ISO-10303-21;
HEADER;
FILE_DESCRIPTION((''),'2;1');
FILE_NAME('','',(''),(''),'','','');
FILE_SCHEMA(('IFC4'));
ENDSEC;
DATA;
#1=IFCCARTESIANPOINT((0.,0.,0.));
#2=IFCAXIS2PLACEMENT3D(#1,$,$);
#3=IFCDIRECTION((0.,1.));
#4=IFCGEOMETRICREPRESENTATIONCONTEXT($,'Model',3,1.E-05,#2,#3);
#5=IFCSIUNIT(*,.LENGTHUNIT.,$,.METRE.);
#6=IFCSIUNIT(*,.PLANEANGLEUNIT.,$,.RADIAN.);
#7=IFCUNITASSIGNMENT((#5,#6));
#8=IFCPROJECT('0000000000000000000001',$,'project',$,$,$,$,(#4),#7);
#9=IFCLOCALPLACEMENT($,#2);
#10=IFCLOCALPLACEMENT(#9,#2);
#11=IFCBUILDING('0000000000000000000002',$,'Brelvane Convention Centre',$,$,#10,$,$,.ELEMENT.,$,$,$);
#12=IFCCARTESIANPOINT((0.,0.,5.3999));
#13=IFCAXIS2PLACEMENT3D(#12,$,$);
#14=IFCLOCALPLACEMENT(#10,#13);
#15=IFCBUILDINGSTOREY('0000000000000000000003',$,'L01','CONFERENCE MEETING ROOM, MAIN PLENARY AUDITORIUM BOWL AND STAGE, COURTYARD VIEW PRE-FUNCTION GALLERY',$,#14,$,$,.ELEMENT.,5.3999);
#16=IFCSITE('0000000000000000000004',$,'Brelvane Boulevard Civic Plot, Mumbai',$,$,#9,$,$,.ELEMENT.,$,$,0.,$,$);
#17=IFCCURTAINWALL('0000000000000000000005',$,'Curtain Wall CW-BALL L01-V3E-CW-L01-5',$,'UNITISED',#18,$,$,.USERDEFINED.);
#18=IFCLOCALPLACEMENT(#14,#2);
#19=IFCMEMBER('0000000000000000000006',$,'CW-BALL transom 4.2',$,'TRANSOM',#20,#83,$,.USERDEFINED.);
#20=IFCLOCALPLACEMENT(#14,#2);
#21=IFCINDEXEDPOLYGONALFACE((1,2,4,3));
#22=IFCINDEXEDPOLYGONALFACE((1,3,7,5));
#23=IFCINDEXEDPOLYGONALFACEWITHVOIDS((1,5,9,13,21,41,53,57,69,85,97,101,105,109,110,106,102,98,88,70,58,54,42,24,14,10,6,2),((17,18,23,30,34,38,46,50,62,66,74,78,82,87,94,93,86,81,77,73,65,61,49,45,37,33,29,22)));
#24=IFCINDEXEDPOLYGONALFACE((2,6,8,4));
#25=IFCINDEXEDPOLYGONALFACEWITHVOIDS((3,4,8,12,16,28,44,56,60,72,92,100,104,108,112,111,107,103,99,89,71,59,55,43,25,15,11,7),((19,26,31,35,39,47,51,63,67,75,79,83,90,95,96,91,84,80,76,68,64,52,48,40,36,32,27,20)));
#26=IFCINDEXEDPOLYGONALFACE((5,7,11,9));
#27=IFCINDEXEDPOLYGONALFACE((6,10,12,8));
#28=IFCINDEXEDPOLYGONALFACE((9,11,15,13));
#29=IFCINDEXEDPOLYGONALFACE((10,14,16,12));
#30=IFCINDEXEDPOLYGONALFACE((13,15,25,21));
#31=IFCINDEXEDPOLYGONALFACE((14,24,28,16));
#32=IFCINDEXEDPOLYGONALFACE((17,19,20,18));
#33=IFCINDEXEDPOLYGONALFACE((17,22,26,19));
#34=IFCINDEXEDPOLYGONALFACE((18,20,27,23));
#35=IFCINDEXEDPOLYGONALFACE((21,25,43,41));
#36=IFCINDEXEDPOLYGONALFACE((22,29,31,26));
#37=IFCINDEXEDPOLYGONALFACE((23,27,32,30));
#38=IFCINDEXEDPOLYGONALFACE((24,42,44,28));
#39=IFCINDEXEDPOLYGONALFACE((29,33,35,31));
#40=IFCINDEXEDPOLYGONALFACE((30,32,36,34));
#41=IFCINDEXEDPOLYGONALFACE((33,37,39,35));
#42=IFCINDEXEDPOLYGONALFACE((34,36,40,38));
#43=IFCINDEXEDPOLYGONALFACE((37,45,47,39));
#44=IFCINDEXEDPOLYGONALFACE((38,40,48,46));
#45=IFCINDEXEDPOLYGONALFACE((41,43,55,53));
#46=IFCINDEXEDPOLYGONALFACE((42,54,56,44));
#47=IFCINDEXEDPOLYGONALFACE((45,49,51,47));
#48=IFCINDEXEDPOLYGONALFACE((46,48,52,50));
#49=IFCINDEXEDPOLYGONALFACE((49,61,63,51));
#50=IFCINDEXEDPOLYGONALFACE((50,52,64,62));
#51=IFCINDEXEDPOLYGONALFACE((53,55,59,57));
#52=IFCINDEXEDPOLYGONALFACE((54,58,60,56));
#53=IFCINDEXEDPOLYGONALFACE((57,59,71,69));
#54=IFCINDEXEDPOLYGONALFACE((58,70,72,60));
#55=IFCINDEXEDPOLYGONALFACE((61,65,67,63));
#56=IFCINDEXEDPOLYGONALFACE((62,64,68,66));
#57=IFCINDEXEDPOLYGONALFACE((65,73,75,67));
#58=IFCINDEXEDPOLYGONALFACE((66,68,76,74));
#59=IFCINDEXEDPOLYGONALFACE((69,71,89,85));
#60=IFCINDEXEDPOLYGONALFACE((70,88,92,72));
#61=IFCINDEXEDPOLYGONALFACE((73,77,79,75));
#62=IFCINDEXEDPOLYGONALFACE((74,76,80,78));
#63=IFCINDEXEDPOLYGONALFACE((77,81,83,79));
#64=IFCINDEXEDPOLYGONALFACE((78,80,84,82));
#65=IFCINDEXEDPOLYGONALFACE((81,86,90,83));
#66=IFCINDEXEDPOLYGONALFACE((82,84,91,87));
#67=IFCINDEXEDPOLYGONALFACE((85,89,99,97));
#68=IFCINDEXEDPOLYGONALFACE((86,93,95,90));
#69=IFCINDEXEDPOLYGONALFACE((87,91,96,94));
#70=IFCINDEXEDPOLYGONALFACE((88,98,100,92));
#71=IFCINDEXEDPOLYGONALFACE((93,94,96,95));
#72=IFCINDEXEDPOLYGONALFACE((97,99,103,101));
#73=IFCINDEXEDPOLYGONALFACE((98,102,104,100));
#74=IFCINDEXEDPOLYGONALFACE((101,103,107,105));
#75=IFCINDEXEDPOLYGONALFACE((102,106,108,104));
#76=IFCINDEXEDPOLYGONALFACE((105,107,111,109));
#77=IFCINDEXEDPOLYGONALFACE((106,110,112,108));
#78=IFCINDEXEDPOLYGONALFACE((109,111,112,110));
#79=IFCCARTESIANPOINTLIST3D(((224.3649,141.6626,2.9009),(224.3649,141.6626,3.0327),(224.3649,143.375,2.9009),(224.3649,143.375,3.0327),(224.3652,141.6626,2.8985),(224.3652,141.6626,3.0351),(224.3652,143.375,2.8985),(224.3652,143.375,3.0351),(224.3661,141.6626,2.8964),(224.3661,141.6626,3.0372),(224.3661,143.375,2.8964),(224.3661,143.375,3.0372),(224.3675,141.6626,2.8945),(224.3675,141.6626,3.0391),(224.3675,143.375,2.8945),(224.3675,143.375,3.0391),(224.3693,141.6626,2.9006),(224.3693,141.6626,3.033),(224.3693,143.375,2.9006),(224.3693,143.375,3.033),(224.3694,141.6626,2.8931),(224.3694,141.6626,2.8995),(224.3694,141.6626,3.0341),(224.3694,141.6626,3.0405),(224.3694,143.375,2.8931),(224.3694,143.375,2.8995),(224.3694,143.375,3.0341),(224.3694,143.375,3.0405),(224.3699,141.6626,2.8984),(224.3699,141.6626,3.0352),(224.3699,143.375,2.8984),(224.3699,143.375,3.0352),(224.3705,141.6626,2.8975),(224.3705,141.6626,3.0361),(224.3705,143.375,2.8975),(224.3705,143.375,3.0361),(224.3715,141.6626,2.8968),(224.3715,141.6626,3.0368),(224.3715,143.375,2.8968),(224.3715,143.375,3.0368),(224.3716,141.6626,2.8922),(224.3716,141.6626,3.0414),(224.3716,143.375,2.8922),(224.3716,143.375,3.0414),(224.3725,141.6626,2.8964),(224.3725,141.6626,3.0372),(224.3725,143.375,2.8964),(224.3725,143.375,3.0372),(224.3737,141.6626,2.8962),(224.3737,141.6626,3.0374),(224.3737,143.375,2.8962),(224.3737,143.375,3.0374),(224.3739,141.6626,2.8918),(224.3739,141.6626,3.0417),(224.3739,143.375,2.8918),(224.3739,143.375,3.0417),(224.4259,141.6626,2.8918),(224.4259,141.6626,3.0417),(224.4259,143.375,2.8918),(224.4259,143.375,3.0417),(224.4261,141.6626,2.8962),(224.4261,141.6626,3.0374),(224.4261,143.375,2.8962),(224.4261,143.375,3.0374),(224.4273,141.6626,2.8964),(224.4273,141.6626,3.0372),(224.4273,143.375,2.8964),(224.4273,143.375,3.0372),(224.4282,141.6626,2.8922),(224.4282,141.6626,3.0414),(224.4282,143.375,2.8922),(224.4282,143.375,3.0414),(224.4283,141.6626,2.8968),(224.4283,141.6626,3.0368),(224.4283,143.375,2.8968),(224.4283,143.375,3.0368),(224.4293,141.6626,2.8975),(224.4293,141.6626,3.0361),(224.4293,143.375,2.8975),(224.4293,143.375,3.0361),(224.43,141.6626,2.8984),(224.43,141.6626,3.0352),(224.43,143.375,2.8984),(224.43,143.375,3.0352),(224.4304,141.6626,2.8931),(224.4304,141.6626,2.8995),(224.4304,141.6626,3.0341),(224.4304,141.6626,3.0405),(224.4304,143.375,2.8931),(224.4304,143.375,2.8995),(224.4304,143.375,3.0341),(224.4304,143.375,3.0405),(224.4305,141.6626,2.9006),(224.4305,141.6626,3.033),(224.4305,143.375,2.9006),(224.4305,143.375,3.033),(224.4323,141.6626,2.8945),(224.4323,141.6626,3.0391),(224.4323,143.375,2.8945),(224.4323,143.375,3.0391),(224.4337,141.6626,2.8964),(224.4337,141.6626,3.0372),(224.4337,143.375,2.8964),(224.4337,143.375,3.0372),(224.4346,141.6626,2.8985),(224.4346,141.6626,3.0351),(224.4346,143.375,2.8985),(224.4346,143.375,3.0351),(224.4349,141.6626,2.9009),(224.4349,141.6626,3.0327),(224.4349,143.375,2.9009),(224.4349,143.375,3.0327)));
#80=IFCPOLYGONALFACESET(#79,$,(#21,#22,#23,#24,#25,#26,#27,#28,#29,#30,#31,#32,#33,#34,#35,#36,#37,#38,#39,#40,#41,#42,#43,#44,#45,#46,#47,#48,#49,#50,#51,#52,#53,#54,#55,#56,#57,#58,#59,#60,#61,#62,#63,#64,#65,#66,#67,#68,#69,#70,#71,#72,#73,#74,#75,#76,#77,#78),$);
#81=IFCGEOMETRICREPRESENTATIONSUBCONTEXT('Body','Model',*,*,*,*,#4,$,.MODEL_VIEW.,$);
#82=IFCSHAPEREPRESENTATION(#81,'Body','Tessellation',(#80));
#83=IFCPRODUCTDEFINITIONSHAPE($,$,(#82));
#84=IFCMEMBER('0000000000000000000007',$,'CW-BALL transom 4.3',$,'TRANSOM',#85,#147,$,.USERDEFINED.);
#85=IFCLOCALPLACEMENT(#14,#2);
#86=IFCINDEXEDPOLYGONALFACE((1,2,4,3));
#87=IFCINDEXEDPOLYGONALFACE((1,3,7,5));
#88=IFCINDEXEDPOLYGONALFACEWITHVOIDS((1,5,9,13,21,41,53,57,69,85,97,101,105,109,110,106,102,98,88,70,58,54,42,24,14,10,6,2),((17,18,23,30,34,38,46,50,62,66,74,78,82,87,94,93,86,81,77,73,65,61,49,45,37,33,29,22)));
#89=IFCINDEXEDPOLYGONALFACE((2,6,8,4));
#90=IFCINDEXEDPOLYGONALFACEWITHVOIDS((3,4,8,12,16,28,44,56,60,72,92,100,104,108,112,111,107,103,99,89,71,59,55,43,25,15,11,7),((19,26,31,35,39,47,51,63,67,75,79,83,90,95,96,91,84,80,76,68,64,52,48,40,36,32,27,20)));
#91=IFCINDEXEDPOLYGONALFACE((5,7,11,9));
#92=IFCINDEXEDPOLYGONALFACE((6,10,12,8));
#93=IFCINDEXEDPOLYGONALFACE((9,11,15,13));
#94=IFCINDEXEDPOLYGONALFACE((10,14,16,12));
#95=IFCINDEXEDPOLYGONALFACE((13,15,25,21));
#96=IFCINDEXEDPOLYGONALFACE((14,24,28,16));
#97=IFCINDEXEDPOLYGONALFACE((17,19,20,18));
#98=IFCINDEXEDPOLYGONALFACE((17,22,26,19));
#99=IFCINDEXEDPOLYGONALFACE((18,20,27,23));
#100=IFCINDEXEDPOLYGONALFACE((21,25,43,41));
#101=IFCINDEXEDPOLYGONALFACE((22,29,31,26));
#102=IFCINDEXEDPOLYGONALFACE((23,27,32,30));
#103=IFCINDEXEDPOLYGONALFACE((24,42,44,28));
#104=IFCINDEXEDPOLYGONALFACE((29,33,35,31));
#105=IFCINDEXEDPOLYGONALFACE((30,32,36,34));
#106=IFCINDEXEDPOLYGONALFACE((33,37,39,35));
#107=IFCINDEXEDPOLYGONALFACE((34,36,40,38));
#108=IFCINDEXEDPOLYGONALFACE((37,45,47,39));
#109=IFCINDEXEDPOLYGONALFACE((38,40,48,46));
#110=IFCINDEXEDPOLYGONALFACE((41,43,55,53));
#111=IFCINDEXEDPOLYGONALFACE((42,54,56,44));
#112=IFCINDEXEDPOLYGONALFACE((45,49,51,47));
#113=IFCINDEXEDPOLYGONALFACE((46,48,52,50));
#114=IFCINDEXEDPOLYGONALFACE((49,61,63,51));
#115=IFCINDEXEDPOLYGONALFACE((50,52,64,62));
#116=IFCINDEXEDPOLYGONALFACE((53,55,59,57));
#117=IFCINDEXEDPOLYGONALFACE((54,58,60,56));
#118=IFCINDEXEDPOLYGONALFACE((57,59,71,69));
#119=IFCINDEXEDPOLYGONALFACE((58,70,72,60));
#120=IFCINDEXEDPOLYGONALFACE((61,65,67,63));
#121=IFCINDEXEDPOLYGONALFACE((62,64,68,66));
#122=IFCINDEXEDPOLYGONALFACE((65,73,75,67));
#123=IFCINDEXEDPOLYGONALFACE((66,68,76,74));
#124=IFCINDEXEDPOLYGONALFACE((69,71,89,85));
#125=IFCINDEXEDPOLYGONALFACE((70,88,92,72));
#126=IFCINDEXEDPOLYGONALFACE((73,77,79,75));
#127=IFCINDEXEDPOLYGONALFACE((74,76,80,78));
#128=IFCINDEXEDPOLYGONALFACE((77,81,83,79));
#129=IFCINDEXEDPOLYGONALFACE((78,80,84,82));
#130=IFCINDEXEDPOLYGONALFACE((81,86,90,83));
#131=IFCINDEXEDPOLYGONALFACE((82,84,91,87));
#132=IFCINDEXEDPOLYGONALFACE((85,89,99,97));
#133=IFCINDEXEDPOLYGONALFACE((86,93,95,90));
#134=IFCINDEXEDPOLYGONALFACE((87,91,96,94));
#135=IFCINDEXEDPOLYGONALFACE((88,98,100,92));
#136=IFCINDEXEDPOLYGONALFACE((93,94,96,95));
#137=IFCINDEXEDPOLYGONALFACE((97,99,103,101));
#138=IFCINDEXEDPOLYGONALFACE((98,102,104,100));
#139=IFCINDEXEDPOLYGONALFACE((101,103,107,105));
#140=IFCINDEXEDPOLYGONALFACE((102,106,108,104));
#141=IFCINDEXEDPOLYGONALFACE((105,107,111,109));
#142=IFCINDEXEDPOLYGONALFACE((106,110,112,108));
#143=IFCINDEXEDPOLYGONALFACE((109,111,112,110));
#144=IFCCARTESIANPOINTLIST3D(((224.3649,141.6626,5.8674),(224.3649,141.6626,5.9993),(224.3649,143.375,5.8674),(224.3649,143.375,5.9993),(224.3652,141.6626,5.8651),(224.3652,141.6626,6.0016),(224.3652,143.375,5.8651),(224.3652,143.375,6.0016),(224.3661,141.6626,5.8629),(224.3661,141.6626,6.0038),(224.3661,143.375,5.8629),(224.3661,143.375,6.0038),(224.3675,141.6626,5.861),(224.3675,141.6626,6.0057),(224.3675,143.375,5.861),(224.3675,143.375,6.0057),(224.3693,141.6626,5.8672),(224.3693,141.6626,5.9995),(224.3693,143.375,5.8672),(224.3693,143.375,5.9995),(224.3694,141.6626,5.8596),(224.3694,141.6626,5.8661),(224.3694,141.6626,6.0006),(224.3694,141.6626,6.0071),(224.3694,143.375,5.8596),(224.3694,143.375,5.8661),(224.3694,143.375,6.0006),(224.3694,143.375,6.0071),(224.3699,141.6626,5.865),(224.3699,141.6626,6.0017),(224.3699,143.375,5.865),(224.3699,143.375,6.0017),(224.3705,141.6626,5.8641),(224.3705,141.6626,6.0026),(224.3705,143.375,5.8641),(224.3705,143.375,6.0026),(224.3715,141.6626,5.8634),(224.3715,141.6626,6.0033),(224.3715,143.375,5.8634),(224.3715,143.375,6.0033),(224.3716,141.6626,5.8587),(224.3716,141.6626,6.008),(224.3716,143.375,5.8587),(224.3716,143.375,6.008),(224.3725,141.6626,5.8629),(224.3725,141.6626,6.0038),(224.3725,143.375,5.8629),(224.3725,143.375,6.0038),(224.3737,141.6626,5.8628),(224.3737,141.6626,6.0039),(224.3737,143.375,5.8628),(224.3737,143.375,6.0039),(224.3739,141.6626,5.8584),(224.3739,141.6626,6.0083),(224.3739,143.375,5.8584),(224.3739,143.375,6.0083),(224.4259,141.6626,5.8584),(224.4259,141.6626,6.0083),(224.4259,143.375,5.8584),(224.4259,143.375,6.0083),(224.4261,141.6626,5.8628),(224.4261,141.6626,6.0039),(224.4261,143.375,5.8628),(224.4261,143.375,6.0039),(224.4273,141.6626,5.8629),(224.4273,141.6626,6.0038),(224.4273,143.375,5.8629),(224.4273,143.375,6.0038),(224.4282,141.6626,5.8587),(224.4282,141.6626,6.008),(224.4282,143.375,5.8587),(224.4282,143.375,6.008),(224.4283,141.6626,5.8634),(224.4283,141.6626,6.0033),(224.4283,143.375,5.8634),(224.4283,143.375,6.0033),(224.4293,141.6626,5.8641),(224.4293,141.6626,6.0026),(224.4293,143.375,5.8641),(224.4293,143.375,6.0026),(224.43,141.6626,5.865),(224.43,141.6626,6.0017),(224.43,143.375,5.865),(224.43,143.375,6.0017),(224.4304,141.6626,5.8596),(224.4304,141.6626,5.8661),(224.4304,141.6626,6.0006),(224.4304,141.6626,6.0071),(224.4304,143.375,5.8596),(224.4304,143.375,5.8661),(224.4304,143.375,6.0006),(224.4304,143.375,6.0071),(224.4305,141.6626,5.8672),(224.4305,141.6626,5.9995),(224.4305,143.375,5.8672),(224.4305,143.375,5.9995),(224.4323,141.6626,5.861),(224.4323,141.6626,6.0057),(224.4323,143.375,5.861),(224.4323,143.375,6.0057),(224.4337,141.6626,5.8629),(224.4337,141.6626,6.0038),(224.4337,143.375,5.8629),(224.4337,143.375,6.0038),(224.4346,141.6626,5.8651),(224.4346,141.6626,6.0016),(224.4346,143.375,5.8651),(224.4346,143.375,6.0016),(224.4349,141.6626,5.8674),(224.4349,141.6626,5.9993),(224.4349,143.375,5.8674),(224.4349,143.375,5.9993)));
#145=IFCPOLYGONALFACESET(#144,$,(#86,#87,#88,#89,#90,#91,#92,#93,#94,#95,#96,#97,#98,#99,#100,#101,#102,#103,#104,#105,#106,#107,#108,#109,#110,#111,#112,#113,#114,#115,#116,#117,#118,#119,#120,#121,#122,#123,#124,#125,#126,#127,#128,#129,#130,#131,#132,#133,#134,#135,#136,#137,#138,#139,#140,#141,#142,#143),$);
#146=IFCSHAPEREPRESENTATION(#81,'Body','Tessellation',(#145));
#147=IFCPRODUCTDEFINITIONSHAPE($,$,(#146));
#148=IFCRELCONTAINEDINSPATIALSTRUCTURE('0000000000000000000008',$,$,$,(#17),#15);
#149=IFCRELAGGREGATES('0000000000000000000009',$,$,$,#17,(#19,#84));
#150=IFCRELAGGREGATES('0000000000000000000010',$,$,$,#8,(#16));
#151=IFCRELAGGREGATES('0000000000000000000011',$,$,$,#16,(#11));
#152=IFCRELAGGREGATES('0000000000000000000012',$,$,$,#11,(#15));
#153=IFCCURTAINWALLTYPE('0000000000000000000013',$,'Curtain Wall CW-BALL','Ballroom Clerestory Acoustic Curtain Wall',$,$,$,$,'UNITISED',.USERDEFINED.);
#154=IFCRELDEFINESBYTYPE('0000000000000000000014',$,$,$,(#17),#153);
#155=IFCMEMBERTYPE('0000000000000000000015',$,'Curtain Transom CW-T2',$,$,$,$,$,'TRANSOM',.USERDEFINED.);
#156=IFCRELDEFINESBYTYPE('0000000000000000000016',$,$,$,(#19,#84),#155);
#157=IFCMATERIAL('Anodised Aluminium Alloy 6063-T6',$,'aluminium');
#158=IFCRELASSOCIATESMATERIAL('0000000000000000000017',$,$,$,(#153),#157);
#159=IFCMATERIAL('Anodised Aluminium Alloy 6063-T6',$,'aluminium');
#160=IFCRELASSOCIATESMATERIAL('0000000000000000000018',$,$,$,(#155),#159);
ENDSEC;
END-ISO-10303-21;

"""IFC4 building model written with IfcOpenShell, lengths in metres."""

from ifc_helpers import new_model, si_unit, direction, frame, origin, origin_2d, place, context, subcontext, project, spatial, hollow_rectangle, extrude, material, material_profile, profile_set, type_object, element, aggregate, save


model = new_model("IFC4")

# Units and contexts
model_context = context("Model", 3, precision=1e-05, world=origin(), true_north=direction((0.0, 1.0)))
body_context = subcontext(model_context, "Body", "Model", "MODEL_VIEW")
ifc_project = project(units=[si_unit("LENGTHUNIT", "METRE"), si_unit("PLANEANGLEUNIT", "RADIAN")], contexts=[model_context])

# Site, building, storey
site_placement = place(None, origin())
site = spatial("IfcSite", under=ifc_project, at=site_placement, Name="Brelvane Boulevard Civic Plot, Mumbai", CompositionType="ELEMENT", RefElevation=0.0)
building_placement = place(site_placement, origin())
building = spatial("IfcBuilding", under=site, at=building_placement, Name="Brelvane Convention Centre", CompositionType="ELEMENT")
storey_placement = place(building_placement, frame((0.0, 0.0, 5.3999)))
storey = spatial("IfcBuildingStorey", under=building, at=storey_placement, Name="L01", Description="CONFERENCE MEETING ROOM, MAIN PLENARY AUDITORIUM BOWL AND STAGE, COURTYARD VIEW PRE-FUNCTION GALLERY", CompositionType="ELEMENT", Elevation=5.3999)

# Curtain wall, members
ifc_material_1 = material(Name="Anodised Aluminium Alloy 6063-T6", Category="aluminium")
curtain_wall_type = type_object("IfcCurtainWallType", Name="Curtain Wall CW-BALL", Description="Ballroom Clerestory Acoustic Curtain Wall", ElementType="UNITISED", PredefinedType="USERDEFINED", material=ifc_material_1)
curtain_wall_placement = place(storey_placement, origin())
curtain_wall = element("IfcCurtainWall", 1, at=curtain_wall_placement, inside=storey, type_object=curtain_wall_type, Name="Curtain Wall CW-BALL L01-V3E-CW-L01-5", ObjectType="UNITISED", PredefinedType="USERDEFINED")
ifc_material_2 = material(Name="Anodised Aluminium Alloy 6063-T6", Category="aluminium")
ifc_material_profile_1 = material_profile(ifc_material_2, hollow_rectangle(XDim=0.0701, YDim=0.1499, WallThickness=0.0044, InnerFilletRadius=0.0044, OuterFilletRadius=0.009, at=origin_2d()), Name="ALU-T 150x70x4.5")
ifc_profile_set_1 = profile_set([ifc_material_profile_1], Name="Anodised Aluminium Alloy 6063-T6")
member_type_1 = type_object("IfcMemberType", Name="Curtain Transom CW-T2", ElementType="TRANSOM", PredefinedType="USERDEFINED", material=ifc_profile_set_1)
member_1_placement = place(storey_placement, frame((224.3999, 141.6626, 2.9668), z_axis=(0.0, 1.0, 0.0), x_axis=(-1.0, 0.0, 0.0)))
member_1 = element("IfcMember", 2, at=member_1_placement, type_object=member_type_1, Name="CW-BALL transom 4.2", ObjectType="TRANSOM", PredefinedType="USERDEFINED", context=body_context, shape_type="SweptSolid", body=[
    extrude(hollow_rectangle(XDim=0.0701, YDim=0.1499, WallThickness=0.0044, InnerFilletRadius=0.0044, OuterFilletRadius=0.009, at=origin_2d()), origin(), (0.0, 0.0, 1.0), 1.7124),
])
member_2_placement = place(storey_placement, frame((224.3999, 141.6626, 5.9333), z_axis=(0.0, 1.0, 0.0), x_axis=(-1.0, 0.0, 0.0)))
member_2 = element("IfcMember", 3, at=member_2_placement, type_object=member_type_1, Name="CW-BALL transom 4.3", ObjectType="TRANSOM", PredefinedType="USERDEFINED", context=body_context, shape_type="SweptSolid", body=[
    extrude(hollow_rectangle(XDim=0.0701, YDim=0.1499, WallThickness=0.0044, InnerFilletRadius=0.0044, OuterFilletRadius=0.009, at=origin_2d()), origin(), (0.0, 0.0, 1.0), 1.7124),
])
aggregate(curtain_wall, [member_1, member_2])

save(model, "model.ifc")
